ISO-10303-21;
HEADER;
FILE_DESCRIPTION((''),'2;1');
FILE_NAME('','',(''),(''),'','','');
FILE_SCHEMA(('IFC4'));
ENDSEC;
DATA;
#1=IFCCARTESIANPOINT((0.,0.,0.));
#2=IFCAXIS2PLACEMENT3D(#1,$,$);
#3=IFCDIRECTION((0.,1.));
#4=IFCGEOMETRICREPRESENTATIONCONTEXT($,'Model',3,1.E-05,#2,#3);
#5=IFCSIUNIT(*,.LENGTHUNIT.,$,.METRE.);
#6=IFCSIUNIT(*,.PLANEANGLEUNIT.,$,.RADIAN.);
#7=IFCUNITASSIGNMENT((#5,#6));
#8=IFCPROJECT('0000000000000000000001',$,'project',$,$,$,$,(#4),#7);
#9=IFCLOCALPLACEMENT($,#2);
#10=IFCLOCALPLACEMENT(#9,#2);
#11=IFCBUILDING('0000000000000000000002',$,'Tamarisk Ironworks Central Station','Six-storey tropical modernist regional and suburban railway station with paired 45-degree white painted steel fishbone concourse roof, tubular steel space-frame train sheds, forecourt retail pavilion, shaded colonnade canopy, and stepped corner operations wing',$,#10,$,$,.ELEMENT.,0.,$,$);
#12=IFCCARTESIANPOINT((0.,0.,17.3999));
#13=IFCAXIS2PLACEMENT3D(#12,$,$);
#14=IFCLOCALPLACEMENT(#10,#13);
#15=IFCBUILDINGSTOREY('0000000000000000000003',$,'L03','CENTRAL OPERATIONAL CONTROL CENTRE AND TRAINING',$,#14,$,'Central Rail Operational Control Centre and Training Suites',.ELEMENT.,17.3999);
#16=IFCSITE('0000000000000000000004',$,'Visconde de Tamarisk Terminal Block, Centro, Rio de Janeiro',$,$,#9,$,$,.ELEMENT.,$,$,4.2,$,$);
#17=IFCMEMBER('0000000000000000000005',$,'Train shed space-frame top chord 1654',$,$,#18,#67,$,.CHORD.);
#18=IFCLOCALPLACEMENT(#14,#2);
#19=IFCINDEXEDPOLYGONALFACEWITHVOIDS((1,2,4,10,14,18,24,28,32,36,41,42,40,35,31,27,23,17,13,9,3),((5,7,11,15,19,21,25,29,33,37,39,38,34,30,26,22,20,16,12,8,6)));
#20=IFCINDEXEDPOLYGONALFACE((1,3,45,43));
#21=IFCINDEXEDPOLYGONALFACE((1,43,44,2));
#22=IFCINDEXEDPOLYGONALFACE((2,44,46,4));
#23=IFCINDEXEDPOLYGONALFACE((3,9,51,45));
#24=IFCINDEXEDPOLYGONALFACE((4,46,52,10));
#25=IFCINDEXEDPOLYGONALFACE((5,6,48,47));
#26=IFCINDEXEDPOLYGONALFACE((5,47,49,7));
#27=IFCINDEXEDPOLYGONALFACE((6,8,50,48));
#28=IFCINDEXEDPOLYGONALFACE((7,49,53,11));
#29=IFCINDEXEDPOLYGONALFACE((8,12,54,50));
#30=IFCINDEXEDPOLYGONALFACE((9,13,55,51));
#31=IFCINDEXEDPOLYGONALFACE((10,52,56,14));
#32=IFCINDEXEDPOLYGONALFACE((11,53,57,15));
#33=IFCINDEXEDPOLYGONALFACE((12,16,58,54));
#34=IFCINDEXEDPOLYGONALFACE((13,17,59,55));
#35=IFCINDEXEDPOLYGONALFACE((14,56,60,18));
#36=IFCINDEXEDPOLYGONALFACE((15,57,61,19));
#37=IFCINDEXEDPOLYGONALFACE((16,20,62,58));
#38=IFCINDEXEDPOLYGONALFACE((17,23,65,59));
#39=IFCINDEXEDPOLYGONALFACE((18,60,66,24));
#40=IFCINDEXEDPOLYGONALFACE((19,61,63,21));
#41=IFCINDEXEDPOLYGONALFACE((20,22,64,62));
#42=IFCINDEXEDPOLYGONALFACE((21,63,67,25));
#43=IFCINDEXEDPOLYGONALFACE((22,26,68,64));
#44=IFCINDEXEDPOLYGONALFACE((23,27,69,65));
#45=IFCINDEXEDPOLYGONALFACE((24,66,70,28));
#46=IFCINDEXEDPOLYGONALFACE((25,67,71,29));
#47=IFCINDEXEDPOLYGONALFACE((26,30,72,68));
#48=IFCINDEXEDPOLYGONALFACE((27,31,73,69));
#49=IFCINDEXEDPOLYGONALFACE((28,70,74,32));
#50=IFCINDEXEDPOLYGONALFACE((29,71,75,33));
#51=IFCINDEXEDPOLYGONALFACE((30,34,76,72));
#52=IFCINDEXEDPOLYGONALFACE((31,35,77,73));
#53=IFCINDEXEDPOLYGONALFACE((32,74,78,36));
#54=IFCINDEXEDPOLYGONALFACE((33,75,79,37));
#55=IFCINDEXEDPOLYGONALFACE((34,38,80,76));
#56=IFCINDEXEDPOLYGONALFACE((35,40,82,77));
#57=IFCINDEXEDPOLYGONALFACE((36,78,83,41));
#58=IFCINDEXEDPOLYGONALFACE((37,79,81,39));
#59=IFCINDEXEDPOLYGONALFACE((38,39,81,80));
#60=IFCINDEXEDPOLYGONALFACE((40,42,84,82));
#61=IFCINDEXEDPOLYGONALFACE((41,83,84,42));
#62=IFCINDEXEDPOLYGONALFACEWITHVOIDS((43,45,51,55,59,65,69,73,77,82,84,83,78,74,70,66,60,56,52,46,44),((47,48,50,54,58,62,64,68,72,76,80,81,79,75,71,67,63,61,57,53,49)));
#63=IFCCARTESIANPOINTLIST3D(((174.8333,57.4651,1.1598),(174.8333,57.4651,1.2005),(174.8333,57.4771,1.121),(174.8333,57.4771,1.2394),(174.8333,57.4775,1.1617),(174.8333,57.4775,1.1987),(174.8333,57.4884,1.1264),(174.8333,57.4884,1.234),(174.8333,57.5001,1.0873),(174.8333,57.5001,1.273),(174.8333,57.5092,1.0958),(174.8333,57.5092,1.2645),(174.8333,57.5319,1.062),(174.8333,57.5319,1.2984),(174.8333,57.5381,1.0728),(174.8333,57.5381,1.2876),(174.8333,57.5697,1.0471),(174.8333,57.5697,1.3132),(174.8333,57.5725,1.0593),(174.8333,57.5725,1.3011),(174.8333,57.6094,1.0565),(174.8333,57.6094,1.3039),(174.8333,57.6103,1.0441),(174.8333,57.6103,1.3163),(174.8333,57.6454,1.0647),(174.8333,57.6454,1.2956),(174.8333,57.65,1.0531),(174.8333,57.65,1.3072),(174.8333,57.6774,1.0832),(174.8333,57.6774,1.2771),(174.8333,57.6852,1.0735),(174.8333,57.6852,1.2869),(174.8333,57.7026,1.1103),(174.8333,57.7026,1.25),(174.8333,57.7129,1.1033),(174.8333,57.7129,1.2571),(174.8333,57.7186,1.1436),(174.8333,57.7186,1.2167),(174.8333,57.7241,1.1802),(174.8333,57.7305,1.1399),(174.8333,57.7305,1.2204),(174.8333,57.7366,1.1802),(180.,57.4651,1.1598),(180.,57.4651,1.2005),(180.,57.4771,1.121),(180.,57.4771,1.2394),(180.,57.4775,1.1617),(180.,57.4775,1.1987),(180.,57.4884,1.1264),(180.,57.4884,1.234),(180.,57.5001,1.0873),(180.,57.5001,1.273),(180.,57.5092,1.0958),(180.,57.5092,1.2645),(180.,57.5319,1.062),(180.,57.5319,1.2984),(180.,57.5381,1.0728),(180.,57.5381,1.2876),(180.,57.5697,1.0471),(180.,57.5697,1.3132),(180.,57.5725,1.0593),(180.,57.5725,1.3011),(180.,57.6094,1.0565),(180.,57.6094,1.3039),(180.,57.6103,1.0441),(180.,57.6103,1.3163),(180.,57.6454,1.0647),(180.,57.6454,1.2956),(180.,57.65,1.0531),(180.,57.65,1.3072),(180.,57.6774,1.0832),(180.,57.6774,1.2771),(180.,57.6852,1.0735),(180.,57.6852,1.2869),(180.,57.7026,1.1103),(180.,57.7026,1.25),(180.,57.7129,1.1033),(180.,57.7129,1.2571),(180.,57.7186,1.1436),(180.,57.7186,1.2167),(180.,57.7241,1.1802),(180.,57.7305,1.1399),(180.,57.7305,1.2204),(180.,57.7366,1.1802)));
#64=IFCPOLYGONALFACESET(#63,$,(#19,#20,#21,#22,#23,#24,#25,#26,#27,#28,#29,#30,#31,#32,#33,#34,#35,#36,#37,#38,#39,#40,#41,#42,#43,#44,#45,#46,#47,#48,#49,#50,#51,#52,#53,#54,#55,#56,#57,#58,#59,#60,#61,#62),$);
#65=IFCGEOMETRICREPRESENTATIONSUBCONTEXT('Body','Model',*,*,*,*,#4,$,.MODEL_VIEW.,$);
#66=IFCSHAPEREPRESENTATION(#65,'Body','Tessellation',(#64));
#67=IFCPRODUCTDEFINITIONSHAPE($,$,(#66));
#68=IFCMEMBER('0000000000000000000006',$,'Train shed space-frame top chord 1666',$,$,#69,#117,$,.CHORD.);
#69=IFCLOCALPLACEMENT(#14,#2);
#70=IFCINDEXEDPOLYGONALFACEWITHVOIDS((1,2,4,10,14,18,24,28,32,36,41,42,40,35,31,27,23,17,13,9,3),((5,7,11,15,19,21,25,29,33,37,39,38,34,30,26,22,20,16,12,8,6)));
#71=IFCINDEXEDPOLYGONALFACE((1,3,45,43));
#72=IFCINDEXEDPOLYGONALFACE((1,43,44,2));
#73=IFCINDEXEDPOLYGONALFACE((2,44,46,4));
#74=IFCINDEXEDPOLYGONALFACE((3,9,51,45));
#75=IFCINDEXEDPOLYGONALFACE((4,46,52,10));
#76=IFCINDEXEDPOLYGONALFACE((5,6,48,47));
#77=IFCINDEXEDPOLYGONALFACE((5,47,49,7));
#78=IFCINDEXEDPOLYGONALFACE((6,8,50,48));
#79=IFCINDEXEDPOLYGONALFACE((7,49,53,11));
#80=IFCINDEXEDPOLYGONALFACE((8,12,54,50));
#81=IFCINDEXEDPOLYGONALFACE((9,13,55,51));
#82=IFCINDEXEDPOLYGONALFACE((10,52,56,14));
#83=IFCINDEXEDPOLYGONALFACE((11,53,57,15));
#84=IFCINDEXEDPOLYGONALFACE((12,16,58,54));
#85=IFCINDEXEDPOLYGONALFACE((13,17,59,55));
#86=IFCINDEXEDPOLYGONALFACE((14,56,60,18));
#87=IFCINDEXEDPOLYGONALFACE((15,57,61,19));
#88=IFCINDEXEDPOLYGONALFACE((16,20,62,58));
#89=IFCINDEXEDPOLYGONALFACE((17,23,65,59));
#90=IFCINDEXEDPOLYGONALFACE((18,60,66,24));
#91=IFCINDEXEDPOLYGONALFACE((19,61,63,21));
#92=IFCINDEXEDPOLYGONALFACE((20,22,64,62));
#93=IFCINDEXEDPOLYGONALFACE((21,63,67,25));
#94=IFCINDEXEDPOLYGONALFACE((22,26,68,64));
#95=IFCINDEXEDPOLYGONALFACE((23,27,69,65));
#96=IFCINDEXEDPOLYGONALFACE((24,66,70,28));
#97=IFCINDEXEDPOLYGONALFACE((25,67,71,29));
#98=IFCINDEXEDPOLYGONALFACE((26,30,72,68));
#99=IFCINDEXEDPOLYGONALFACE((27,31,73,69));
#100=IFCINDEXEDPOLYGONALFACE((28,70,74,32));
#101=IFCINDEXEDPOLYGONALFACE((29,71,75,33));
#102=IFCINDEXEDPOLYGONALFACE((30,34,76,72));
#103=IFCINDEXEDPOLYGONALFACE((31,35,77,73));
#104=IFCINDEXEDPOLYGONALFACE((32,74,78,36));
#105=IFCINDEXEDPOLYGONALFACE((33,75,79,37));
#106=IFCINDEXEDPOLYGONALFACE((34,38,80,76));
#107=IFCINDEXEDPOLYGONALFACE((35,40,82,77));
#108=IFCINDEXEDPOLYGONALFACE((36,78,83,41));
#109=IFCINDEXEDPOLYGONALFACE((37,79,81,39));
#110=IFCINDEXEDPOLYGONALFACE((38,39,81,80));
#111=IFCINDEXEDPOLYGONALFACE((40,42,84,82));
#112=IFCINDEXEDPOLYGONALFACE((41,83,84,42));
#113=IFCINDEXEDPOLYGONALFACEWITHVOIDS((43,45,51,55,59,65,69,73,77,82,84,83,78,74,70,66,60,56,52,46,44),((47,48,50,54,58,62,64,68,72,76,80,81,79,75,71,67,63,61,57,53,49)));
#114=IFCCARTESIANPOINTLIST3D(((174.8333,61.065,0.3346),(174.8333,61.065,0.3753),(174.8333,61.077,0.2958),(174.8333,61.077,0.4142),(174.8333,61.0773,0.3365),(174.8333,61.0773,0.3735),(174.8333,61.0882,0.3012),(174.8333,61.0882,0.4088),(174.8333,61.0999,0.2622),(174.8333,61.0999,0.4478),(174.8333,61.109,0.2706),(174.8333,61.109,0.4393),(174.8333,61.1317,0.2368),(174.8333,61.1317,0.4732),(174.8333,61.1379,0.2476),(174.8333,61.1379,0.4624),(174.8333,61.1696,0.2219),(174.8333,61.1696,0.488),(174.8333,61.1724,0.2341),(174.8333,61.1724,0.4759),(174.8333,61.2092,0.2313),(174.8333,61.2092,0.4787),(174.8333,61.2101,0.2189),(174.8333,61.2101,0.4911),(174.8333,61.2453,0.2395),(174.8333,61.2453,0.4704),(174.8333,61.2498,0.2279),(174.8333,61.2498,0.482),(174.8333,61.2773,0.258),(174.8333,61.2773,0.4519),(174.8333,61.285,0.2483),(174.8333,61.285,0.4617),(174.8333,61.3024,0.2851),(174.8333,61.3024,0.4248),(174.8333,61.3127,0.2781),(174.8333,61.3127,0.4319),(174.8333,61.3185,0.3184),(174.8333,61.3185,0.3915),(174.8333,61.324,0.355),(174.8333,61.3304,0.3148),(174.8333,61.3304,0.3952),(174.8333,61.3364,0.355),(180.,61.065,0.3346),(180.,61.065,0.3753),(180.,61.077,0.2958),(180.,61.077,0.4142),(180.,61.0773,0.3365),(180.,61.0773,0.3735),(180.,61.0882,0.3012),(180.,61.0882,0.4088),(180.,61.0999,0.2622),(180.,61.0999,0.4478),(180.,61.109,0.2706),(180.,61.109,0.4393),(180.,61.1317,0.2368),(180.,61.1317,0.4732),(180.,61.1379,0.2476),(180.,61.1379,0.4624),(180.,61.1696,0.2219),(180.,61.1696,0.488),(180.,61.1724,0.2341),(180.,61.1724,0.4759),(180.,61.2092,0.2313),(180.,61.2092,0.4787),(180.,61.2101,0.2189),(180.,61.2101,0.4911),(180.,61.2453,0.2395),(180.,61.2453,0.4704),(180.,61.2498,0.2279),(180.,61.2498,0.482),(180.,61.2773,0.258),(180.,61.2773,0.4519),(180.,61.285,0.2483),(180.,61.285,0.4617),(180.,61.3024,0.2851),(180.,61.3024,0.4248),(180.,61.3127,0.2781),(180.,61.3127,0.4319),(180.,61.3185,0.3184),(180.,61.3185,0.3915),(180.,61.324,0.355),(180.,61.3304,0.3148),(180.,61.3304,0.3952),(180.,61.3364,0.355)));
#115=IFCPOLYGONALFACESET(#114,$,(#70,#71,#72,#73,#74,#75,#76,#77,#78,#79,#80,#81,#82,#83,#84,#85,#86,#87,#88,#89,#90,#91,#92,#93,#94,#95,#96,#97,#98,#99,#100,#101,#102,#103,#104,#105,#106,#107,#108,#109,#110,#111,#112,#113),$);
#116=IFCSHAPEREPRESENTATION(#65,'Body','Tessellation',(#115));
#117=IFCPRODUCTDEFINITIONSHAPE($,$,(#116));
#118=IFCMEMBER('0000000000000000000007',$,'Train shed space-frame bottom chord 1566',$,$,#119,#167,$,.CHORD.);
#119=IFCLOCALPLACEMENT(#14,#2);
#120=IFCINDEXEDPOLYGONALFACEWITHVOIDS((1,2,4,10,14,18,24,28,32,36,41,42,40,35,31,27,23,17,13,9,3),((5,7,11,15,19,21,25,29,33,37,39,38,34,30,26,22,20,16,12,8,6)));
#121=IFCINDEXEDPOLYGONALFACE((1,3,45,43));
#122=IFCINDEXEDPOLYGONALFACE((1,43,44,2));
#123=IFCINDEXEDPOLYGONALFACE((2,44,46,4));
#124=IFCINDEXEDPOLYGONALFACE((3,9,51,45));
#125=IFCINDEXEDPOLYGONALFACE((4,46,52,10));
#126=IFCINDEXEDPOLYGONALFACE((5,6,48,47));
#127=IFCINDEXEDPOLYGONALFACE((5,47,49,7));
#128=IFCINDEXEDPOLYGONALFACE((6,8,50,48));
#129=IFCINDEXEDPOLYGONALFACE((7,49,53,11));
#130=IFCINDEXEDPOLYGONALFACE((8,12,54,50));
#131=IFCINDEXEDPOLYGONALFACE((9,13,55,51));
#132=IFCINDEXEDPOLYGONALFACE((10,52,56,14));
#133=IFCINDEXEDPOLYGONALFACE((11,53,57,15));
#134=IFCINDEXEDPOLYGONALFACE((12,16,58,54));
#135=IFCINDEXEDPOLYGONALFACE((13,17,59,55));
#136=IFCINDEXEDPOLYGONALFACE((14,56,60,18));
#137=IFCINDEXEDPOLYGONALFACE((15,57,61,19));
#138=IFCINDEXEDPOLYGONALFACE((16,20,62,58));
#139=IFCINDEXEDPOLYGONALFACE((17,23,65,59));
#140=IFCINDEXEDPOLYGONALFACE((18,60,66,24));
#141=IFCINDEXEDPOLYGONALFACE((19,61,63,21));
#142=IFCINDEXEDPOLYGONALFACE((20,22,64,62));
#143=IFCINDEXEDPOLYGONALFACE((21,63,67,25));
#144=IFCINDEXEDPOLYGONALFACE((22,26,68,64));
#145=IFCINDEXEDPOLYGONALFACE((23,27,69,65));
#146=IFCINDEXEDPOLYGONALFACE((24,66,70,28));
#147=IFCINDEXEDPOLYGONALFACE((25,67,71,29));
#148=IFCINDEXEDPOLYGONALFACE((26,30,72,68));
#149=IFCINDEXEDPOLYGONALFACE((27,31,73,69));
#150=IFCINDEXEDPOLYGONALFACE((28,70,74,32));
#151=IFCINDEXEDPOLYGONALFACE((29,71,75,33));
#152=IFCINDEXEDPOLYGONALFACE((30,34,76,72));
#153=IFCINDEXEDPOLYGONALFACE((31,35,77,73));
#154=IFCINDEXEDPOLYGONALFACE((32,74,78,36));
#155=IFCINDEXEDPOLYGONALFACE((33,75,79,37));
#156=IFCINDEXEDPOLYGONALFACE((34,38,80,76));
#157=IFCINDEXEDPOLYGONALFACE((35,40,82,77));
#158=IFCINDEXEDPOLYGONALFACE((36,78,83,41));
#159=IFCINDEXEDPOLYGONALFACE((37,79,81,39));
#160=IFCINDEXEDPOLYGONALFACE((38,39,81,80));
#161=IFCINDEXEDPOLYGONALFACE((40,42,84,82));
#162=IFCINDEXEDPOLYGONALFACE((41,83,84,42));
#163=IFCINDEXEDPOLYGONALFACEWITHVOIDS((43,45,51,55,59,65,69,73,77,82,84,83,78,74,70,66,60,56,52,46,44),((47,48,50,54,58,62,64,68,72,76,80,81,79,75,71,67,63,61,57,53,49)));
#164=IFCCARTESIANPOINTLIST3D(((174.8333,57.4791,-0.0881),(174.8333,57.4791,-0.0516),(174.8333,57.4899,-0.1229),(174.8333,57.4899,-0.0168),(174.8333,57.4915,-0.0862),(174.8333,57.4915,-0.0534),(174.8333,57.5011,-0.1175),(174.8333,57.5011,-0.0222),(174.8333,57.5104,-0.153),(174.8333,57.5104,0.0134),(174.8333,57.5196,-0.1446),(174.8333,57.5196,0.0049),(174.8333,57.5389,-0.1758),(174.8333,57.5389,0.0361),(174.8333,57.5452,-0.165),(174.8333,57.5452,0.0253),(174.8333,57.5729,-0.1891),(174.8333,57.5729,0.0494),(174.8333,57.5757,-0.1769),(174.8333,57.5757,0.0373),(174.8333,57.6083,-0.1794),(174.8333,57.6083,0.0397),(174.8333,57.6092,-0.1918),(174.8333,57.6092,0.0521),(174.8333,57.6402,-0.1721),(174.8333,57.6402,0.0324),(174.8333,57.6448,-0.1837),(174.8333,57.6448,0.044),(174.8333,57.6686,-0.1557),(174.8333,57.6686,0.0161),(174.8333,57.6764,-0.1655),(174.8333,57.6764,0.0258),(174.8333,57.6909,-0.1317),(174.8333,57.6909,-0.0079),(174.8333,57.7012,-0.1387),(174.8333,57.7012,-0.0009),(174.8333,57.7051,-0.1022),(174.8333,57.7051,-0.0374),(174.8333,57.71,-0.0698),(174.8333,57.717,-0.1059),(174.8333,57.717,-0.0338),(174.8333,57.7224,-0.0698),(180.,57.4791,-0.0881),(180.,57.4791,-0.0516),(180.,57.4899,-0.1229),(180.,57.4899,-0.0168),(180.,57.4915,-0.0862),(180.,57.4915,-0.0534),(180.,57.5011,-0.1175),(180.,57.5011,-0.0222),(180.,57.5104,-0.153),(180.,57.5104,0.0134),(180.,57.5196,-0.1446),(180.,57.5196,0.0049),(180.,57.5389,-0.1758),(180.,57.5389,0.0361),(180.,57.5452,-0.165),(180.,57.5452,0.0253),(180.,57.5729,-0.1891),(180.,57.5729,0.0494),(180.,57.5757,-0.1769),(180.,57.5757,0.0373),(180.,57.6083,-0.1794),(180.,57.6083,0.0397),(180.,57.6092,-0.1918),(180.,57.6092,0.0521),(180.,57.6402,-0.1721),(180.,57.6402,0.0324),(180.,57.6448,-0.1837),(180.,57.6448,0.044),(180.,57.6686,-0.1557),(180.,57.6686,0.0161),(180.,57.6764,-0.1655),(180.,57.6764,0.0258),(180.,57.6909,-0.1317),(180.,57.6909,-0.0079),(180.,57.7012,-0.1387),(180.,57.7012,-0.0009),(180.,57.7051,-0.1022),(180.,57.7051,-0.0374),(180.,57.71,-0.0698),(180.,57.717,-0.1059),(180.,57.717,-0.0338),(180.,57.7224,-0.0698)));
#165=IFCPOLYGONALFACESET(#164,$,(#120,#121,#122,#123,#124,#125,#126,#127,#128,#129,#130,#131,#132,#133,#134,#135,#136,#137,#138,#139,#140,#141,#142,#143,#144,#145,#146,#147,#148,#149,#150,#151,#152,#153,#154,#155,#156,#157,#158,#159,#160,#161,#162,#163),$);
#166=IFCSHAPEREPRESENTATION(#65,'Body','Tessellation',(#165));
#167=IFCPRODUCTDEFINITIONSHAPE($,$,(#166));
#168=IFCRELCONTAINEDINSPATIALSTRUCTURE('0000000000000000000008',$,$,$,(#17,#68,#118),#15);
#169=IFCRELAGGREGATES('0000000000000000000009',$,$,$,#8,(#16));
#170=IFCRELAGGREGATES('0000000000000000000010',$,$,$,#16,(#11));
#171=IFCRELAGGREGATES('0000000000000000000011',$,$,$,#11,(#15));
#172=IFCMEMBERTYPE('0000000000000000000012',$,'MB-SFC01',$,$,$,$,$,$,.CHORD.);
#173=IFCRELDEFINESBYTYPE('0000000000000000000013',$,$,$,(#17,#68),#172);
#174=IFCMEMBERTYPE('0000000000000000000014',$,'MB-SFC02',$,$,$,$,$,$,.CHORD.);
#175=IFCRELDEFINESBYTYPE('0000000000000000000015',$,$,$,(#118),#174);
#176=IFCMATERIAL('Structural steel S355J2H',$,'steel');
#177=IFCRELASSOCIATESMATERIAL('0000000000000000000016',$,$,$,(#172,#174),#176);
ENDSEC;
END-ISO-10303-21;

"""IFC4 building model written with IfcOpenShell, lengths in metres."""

from ifc_helpers import new_model, si_unit, direction, frame, origin, origin_2d, place, context, subcontext, project, spatial, hollow_circle, extrude, material, material_profile, profile_set, type_object, element, save


model = new_model("IFC4")

# Units and contexts
model_context = context("Model", 3, precision=1e-05, world=origin(), true_north=direction((0.0, 1.0)))
body_context = subcontext(model_context, "Body", "Model", "MODEL_VIEW")
ifc_project = project(units=[si_unit("LENGTHUNIT", "METRE"), si_unit("PLANEANGLEUNIT", "RADIAN")], contexts=[model_context])

# Site, building, storey
site_placement = place(None, origin())
site = spatial("IfcSite", under=ifc_project, at=site_placement, Name="Visconde de Tamarisk Terminal Block, Centro, Rio de Janeiro", CompositionType="ELEMENT", RefElevation=4.2)
building_placement = place(site_placement, origin())
building = spatial("IfcBuilding", under=site, at=building_placement, Name="Tamarisk Ironworks Central Station", Description="Six-storey tropical modernist regional and suburban railway station with paired 45-degree white painted steel fishbone concourse roof, tubular steel space-frame train sheds, forecourt retail pavilion, shaded colonnade canopy, and stepped corner operations wing", CompositionType="ELEMENT", ElevationOfRefHeight=0.0)
storey_placement = place(building_placement, frame((0.0, 0.0, 17.3999)))
storey = spatial("IfcBuildingStorey", under=building, at=storey_placement, Name="L03", Description="CENTRAL OPERATIONAL CONTROL CENTRE AND TRAINING", LongName="Central Rail Operational Control Centre and Training Suites", CompositionType="ELEMENT", Elevation=17.3999)

# Members
ifc_material = material(Name="Structural steel S355J2H", Category="steel")
ifc_material_profile_1 = material_profile(ifc_material, hollow_circle(Radius=0.1365, WallThickness=0.0125, at=origin_2d()), Name="CHS 273x12.5")
ifc_profile_set_1 = profile_set([ifc_material_profile_1], Name="Structural steel S355J2H")
member_type_1 = type_object("IfcMemberType", Name="MB-SFC01", PredefinedType="CHORD", material=ifc_profile_set_1)
for number, where, z_axis, x_axis, name in (
    (1, (174.8333, 57.6001, 1.1802), (1.0, 0.0, 0.0), (0.0, 1.0, 0.0), "Train shed space-frame top chord 1654"),
    (2, (174.8333, 61.2, 0.355), (1.0, 0.0, 0.0), (0.0, 1.0, 0.0), "Train shed space-frame top chord 1666"),
):
    element("IfcMember", number, at=place(storey_placement, frame(where, z_axis=z_axis, x_axis=x_axis)), inside=storey, type_object=member_type_1, Name=name, PredefinedType="CHORD", context=body_context, shape_type="SweptSolid", body=[
        extrude(hollow_circle(Radius=0.1365, WallThickness=0.0125, at=origin_2d()), origin(), (0.0, 0.0, 1.0), 5.1667),
    ])
ifc_material_profile_2 = material_profile(ifc_material, hollow_circle(Radius=0.1223, WallThickness=0.0125, at=origin_2d()), Name="CHS 244.5x12.5")
ifc_profile_set_2 = profile_set([ifc_material_profile_2], Name="Structural steel S355J2H")
member_type_2 = type_object("IfcMemberType", Name="MB-SFC02", PredefinedType="CHORD", material=ifc_profile_set_2)
for number, where, z_axis, x_axis, name in (
    (3, (174.8333, 57.6001, -0.0698), (1.0, 0.0, 0.0), (0.0, 1.0, 0.0), "Train shed space-frame bottom chord 1566"),
):
    element("IfcMember", number, at=place(storey_placement, frame(where, z_axis=z_axis, x_axis=x_axis)), inside=storey, type_object=member_type_2, Name=name, PredefinedType="CHORD", context=body_context, shape_type="SweptSolid", body=[
        extrude(hollow_circle(Radius=0.1223, WallThickness=0.0125, at=origin_2d()), origin(), (0.0, 0.0, 1.0), 5.1667),
    ])

save(model, "model.ifc")
